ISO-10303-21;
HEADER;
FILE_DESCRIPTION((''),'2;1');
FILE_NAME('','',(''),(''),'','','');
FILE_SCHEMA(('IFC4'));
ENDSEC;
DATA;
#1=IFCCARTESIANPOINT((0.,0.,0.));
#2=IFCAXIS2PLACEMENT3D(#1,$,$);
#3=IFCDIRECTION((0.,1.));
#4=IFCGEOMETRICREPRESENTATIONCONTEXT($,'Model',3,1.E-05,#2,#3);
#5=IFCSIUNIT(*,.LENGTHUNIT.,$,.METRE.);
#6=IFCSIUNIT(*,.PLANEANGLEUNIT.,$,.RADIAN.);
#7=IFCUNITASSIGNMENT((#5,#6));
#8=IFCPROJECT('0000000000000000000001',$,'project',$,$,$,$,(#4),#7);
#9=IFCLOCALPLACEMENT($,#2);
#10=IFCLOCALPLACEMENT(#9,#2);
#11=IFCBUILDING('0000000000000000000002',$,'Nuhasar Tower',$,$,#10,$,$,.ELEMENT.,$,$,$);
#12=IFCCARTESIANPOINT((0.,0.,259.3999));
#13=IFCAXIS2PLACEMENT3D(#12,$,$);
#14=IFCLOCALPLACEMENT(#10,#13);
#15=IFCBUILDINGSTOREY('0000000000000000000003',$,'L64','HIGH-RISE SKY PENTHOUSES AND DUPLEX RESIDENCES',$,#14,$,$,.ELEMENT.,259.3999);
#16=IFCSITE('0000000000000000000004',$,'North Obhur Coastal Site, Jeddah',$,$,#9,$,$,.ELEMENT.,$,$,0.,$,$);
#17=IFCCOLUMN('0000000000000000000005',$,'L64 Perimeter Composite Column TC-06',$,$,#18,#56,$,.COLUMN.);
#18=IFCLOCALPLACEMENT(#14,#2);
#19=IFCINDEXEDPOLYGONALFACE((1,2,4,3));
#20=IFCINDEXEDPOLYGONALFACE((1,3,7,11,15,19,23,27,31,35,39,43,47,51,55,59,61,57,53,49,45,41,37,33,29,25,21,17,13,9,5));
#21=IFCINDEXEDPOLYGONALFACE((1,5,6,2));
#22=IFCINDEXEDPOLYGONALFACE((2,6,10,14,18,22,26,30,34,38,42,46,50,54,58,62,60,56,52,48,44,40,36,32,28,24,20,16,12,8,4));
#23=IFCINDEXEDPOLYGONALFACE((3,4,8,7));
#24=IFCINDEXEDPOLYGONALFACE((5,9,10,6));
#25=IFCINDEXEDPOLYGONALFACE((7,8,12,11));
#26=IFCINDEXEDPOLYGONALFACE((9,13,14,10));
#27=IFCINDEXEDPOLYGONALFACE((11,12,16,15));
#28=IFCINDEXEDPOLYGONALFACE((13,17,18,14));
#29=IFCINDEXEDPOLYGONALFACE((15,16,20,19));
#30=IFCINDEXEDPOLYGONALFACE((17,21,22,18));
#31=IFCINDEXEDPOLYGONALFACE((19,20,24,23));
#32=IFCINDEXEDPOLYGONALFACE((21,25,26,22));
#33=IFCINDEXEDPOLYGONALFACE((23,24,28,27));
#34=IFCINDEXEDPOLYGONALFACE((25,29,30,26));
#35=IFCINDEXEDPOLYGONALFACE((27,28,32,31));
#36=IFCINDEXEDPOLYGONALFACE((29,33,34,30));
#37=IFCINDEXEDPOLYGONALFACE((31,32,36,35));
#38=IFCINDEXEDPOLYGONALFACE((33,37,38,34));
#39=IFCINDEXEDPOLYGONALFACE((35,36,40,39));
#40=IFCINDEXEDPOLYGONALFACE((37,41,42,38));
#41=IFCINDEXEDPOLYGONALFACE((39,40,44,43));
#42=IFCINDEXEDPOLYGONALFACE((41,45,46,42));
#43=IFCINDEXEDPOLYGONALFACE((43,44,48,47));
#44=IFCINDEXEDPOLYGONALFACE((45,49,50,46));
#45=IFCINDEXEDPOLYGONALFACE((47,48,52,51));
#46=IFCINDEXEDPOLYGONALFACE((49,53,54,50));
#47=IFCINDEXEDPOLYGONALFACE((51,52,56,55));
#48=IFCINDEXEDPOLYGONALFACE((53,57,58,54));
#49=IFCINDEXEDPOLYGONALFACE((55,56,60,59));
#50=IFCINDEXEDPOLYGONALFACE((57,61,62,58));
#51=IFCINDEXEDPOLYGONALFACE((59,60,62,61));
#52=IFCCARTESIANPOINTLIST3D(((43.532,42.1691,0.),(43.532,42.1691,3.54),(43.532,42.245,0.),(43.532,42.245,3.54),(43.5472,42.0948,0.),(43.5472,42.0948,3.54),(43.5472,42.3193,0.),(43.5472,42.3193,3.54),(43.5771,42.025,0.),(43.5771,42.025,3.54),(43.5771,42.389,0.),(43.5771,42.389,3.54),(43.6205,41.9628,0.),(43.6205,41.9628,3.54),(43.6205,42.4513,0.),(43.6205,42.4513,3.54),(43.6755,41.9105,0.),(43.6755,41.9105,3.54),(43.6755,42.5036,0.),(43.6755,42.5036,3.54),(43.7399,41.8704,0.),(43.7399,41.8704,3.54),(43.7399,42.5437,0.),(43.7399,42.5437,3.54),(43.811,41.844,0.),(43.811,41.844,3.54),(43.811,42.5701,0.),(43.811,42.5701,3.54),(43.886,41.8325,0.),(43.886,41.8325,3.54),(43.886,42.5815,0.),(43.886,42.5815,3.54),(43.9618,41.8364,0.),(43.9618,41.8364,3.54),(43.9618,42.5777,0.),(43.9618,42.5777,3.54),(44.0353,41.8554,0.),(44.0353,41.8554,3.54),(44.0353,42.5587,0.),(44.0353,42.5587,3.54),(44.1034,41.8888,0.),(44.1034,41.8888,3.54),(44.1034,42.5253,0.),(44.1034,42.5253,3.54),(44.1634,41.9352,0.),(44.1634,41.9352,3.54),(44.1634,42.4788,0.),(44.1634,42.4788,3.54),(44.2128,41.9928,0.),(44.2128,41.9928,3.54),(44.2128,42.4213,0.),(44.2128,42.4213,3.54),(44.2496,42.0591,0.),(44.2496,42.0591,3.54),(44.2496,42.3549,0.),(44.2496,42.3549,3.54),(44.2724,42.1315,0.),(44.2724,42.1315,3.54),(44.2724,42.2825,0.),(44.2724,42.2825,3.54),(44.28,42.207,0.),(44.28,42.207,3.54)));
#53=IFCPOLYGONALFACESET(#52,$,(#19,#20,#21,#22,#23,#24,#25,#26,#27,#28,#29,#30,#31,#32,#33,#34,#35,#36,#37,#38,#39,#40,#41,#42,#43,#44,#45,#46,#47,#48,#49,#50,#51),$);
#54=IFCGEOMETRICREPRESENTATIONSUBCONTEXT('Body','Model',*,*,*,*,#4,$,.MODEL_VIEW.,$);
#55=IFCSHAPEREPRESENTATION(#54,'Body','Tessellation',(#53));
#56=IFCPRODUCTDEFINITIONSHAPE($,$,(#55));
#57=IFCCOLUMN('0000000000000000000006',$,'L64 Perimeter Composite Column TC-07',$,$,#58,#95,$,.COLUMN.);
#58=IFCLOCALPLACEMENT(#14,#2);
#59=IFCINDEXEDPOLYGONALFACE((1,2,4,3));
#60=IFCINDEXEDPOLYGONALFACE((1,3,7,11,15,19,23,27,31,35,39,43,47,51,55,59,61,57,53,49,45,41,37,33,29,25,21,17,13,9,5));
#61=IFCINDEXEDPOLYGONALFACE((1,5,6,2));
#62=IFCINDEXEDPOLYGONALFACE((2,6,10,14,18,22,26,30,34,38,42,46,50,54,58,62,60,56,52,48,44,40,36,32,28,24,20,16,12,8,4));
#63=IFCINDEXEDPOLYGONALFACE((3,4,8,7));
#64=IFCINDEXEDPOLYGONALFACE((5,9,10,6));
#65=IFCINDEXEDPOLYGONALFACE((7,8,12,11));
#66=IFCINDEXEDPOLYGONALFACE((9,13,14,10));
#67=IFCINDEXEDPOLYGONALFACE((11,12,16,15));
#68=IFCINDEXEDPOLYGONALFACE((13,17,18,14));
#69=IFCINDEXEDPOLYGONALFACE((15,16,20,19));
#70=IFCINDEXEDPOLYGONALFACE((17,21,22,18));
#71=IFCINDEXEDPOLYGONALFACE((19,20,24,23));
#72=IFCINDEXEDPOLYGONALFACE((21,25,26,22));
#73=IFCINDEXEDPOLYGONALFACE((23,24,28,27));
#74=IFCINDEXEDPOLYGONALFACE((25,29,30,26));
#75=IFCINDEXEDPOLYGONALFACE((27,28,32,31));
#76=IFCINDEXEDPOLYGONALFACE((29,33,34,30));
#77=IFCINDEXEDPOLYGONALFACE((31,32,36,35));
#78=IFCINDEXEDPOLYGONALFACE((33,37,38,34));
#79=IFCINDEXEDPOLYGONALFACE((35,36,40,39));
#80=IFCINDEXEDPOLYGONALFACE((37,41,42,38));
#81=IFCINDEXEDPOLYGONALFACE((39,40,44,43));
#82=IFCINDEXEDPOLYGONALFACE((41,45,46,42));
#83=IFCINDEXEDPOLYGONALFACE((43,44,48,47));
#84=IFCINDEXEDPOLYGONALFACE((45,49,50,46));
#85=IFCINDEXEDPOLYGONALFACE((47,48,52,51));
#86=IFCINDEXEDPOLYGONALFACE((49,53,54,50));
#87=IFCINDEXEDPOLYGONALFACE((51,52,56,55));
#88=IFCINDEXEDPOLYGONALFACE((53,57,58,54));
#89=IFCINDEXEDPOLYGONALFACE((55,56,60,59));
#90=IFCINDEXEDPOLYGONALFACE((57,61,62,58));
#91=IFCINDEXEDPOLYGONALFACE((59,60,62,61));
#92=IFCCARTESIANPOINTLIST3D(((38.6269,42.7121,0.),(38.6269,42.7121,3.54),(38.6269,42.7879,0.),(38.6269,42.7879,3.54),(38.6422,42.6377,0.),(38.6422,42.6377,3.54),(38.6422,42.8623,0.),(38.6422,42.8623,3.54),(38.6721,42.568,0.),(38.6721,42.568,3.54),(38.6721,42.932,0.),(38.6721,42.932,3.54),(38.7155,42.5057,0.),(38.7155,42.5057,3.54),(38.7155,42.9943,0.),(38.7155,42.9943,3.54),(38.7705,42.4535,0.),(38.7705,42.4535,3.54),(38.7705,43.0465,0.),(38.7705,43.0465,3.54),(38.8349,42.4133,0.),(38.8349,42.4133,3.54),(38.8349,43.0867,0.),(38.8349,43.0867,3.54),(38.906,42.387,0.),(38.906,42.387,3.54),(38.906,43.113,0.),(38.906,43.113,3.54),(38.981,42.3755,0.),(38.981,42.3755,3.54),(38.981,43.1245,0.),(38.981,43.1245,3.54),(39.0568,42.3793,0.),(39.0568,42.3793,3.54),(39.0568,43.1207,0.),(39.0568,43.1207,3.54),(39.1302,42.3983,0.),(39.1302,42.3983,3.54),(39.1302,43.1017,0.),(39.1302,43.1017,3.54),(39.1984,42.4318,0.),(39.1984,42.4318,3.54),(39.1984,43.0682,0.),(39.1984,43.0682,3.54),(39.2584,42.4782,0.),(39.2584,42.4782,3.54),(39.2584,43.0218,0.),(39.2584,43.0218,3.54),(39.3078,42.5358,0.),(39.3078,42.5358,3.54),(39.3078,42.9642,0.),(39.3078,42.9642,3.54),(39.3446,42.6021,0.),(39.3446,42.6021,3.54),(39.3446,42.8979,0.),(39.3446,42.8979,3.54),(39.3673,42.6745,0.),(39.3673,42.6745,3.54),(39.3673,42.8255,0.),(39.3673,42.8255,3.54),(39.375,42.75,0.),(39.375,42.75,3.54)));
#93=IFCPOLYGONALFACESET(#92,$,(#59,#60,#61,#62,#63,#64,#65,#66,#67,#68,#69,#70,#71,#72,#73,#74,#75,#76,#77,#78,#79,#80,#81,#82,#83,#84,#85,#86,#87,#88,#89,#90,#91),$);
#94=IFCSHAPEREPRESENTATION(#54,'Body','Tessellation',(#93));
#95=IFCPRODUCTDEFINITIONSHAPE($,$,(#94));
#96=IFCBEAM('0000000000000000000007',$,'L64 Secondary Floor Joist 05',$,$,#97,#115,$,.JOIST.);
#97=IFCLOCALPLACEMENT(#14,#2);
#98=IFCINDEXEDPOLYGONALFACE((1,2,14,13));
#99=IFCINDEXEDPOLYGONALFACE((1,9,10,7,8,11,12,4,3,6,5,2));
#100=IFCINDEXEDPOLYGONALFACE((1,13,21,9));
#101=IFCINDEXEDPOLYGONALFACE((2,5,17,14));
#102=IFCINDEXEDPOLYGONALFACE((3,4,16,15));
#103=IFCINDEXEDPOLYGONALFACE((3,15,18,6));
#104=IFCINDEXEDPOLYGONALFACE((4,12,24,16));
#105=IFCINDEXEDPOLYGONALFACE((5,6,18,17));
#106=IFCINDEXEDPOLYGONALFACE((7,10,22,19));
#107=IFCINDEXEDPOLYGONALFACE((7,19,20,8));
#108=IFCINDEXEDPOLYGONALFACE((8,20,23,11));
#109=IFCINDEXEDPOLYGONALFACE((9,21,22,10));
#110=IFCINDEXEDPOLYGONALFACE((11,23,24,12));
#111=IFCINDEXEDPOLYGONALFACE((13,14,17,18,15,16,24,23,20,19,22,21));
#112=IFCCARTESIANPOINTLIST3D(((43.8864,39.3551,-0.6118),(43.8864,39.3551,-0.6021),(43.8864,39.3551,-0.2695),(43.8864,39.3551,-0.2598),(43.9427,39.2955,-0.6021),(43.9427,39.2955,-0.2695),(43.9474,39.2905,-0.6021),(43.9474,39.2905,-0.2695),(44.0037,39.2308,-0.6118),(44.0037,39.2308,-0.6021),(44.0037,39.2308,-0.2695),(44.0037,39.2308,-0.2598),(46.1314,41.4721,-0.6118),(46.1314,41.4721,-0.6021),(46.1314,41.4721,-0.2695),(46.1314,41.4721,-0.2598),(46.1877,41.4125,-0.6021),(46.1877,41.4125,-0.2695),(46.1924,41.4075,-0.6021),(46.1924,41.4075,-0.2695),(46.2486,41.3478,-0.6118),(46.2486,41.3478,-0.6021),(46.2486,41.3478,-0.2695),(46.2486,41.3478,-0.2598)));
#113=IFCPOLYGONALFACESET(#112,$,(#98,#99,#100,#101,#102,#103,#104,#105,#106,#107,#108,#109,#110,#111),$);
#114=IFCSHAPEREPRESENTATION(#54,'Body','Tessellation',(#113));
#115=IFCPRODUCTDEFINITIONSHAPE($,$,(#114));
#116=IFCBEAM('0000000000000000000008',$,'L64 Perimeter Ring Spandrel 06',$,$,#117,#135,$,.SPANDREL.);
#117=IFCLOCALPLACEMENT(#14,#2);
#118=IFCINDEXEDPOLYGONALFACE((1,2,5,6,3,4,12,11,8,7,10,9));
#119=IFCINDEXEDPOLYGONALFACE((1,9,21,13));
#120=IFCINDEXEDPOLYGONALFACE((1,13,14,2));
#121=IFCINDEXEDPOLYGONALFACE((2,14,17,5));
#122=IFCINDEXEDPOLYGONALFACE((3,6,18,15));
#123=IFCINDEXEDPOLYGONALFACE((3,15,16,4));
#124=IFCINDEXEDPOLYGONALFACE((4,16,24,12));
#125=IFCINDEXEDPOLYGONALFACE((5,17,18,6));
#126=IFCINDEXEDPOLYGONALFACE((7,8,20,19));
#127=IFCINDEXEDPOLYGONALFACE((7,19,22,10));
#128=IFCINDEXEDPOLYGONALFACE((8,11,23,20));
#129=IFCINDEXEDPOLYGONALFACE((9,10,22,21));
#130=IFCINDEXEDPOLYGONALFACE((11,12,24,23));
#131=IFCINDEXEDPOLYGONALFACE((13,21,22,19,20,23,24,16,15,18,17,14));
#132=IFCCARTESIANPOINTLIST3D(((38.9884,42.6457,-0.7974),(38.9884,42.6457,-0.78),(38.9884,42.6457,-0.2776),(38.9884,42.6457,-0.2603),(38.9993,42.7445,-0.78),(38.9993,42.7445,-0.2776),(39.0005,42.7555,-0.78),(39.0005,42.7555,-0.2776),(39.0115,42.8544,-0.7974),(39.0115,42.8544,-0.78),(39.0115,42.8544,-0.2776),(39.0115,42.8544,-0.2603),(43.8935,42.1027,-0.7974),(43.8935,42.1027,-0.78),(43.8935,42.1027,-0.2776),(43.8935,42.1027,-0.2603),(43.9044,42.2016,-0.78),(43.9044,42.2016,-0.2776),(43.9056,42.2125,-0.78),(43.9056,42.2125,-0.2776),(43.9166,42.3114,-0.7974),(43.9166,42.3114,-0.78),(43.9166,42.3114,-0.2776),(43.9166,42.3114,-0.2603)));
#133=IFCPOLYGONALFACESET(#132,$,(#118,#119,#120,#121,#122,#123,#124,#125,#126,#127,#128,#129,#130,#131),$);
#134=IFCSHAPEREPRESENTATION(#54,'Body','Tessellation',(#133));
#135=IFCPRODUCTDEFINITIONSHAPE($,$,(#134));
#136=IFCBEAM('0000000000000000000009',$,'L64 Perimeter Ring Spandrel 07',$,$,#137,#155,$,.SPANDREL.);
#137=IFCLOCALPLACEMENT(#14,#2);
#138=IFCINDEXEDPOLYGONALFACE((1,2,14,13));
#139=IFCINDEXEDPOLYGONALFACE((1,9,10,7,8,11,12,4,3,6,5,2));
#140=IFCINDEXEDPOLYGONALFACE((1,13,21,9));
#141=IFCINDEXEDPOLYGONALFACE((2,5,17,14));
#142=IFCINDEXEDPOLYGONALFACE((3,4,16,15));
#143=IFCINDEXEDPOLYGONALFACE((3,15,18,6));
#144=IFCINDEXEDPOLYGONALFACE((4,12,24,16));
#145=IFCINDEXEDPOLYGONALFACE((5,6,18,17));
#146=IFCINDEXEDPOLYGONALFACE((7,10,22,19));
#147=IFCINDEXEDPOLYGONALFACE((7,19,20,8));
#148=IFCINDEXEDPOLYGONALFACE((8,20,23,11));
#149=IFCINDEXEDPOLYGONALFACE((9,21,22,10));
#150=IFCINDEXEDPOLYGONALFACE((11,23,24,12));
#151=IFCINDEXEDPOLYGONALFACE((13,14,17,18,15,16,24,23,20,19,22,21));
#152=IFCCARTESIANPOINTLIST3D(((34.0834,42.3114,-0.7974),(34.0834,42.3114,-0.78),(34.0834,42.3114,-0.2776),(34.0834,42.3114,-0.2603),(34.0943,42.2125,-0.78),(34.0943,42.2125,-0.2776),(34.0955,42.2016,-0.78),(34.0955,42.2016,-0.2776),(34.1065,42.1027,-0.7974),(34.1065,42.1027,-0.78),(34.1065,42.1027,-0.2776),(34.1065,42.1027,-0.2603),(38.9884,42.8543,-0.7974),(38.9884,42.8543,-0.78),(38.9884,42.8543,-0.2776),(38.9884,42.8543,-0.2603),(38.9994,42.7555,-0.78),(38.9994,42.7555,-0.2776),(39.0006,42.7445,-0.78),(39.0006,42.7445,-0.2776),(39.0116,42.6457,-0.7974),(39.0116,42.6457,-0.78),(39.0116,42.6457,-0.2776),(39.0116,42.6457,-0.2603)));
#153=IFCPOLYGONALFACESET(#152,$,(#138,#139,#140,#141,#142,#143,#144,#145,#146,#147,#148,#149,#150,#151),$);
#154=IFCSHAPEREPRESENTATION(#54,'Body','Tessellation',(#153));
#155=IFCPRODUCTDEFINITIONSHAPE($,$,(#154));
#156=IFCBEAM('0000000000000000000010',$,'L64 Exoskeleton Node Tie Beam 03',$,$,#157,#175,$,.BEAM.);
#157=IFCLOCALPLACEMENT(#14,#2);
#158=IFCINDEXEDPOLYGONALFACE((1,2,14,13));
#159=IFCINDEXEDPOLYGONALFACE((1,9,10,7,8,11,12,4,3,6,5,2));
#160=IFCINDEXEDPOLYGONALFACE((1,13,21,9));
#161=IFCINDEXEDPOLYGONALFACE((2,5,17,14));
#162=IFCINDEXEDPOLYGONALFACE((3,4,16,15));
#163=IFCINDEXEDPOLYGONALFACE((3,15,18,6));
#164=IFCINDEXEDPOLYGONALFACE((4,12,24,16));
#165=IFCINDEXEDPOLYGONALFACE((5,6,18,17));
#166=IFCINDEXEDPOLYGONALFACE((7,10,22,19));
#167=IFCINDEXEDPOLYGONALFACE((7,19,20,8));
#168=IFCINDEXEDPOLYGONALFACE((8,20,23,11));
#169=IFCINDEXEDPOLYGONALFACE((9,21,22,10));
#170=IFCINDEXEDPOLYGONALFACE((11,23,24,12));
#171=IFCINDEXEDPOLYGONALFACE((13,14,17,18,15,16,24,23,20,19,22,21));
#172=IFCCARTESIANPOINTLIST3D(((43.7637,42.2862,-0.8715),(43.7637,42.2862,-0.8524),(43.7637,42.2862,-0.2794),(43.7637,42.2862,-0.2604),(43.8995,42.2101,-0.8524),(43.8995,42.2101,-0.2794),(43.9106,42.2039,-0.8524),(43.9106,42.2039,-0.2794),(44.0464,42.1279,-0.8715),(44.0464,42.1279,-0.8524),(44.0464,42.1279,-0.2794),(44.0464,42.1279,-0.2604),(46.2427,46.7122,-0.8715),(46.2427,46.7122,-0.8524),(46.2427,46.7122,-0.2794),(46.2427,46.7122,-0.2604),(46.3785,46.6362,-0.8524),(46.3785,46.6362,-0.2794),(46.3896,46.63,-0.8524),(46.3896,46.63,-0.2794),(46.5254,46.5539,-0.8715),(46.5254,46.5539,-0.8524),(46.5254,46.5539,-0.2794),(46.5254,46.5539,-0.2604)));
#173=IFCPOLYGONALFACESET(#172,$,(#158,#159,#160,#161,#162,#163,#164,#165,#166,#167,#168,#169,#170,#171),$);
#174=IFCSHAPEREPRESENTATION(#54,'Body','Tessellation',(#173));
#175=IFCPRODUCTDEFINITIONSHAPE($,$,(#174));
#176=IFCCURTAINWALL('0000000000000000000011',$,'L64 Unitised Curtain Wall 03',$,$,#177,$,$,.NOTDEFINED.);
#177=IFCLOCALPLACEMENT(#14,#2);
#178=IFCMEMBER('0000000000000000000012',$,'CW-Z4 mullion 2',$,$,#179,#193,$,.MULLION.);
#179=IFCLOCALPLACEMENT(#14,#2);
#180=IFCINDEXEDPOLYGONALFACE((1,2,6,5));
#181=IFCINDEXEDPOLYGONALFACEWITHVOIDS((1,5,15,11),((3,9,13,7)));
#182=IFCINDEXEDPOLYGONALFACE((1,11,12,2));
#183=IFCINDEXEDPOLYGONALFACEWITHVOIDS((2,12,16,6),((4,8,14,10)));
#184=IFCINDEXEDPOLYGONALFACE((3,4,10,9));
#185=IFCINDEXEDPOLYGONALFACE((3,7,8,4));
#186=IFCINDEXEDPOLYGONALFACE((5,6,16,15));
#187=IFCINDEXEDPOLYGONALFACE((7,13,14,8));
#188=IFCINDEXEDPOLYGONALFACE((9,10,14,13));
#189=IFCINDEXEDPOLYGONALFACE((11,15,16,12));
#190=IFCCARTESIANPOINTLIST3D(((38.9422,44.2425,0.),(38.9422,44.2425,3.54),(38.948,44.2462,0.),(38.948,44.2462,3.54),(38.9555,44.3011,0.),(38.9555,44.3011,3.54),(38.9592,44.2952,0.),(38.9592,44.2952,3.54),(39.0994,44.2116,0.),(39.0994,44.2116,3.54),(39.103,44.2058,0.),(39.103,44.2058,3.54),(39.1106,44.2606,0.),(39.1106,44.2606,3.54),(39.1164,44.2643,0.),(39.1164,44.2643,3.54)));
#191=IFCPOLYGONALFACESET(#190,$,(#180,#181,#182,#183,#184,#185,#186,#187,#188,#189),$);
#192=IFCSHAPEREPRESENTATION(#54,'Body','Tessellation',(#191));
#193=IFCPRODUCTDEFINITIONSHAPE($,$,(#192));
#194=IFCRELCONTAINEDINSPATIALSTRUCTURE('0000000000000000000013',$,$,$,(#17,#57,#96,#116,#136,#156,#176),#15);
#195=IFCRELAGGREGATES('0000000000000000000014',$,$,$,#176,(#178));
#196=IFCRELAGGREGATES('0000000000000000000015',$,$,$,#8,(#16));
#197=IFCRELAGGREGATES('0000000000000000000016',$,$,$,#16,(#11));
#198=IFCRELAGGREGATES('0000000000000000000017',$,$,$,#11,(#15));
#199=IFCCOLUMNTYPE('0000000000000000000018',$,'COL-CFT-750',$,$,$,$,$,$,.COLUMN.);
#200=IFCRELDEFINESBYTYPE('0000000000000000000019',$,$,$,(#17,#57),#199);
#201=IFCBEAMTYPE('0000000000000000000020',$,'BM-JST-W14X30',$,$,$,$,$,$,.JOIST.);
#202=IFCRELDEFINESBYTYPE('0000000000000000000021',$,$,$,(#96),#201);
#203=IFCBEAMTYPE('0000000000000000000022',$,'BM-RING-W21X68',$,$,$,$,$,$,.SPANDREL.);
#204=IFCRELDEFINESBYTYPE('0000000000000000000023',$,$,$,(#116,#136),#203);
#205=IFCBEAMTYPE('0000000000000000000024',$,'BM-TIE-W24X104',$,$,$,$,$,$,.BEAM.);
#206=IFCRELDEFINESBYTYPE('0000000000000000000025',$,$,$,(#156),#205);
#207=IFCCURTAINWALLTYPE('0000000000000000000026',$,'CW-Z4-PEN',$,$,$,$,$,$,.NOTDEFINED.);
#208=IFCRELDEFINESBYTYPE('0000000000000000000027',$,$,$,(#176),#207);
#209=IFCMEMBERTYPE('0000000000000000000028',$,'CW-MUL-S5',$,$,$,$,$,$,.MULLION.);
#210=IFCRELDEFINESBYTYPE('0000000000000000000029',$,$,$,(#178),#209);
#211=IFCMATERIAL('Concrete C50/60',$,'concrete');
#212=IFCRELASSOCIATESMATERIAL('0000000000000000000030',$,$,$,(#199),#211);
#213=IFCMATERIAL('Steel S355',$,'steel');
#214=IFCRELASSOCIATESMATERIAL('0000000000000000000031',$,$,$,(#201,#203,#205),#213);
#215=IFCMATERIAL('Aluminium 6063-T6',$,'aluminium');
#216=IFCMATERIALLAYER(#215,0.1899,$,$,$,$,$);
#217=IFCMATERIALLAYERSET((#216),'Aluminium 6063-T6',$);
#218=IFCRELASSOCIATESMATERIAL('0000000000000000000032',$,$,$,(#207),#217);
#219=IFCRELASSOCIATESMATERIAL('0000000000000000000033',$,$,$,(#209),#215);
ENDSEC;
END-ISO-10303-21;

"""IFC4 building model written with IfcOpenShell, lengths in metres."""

from ifc_helpers import new_model, si_unit, direction, frame, origin, origin_2d, place, context, subcontext, project, spatial, hollow_rectangle, circle, i_section, extrude, material, layer, layer_set, material_profile, profile_set, type_object, element, aggregate, save


model = new_model("IFC4")

# Units and contexts
model_context = context("Model", 3, precision=1e-05, world=origin(), true_north=direction((0.0, 1.0)))
body_context = subcontext(model_context, "Body", "Model", "MODEL_VIEW")
ifc_project = project(units=[si_unit("LENGTHUNIT", "METRE"), si_unit("PLANEANGLEUNIT", "RADIAN")], contexts=[model_context])

# Site, building, storey
site_placement = place(None, origin())
site = spatial("IfcSite", under=ifc_project, at=site_placement, Name="North Obhur Coastal Site, Jeddah", CompositionType="ELEMENT", RefElevation=0.0)
building_placement = place(site_placement, origin())
building = spatial("IfcBuilding", under=site, at=building_placement, Name="Nuhasar Tower", CompositionType="ELEMENT")
storey_placement = place(building_placement, frame((0.0, 0.0, 259.3999)))
storey = spatial("IfcBuildingStorey", under=building, at=storey_placement, Name="L64", Description="HIGH-RISE SKY PENTHOUSES AND DUPLEX RESIDENCES", CompositionType="ELEMENT", Elevation=259.3999)

# Columns
ifc_material_1 = material(Name="Concrete C50/60", Category="concrete")
ifc_material_profile_1 = material_profile(ifc_material_1, circle(Radius=0.375, at=origin_2d()), Name="CFT750")
ifc_profile_set_1 = profile_set([ifc_material_profile_1], Name="Concrete C50/60")
column_type = type_object("IfcColumnType", Name="COL-CFT-750", PredefinedType="COLUMN", material=ifc_profile_set_1)
for number, where, z_axis, x_axis, name in (
    (1, (43.905, 42.207, 0.0), (0.0, 0.0, 1.0), (1.0, 0.0, 0.0), "L64 Perimeter Composite Column TC-06"),
    (2, (39.0, 42.75, 0.0), (0.0, 0.0, 1.0), (1.0, 0.0, 0.0), "L64 Perimeter Composite Column TC-07"),
):
    element("IfcColumn", number, at=place(storey_placement, frame(where, z_axis=z_axis, x_axis=x_axis)), inside=storey, type_object=column_type, Name=name, PredefinedType="COLUMN", context=body_context, shape_type="SweptSolid", body=[
        extrude(circle(Radius=0.375, at=origin_2d()), origin(), (0.0, 0.0, 1.0), 3.54),
    ])

# Beams
ifc_material_2 = material(Name="Steel S355", Category="steel")
ifc_material_profile_2 = material_profile(ifc_material_2, i_section(OverallWidth=0.1709, OverallDepth=0.3521, WebThickness=0.0068, FlangeThickness=0.0098, at=origin_2d()), Name="W14X30")
ifc_profile_set_2 = profile_set([ifc_material_profile_2], Name="Steel S355")
beam_type_1 = type_object("IfcBeamType", Name="BM-JST-W14X30", PredefinedType="JOIST", material=ifc_profile_set_2)
beam_1_placement = place(storey_placement, frame((43.9451, 39.293, -0.4358), z_axis=(0.727533, 0.686073, 0.0), x_axis=(-0.686073, 0.727533, 0.0)))
element("IfcBeam", 3, at=beam_1_placement, inside=storey, type_object=beam_type_1, Name="L64 Secondary Floor Joist 05", PredefinedType="JOIST", context=body_context, shape_type="SweptSolid", body=[
    extrude(i_section(OverallWidth=0.1709, OverallDepth=0.3521, WebThickness=0.0068, FlangeThickness=0.0098, at=origin_2d()), origin(), (0.0, 0.0, 1.0), 3.0857),
])
ifc_material_profile_3 = material_profile(ifc_material_2, i_section(OverallWidth=0.21, OverallDepth=0.5371, WebThickness=0.011, FlangeThickness=0.0173, at=origin_2d()), Name="W21X68")
ifc_profile_set_3 = profile_set([ifc_material_profile_3], Name="Steel S355")
beam_type_2 = type_object("IfcBeamType", Name="BM-RING-W21X68", PredefinedType="SPANDREL", material=ifc_profile_set_3)
for number, where, z_axis, x_axis, name in (
    (4, (43.905, 42.207, -0.5288), (-0.993929, 0.110024, 0.0), (-0.110024, -0.993929, 0.0), "L64 Perimeter Ring Spandrel 06"),
    (5, (39.0, 42.75, -0.5288), (-0.993929, -0.110024, 0.0), (0.110024, -0.993929, 0.0), "L64 Perimeter Ring Spandrel 07"),
):
    element("IfcBeam", number, at=place(storey_placement, frame(where, z_axis=z_axis, x_axis=x_axis)), inside=storey, type_object=beam_type_2, Name=name, PredefinedType="SPANDREL", context=body_context, shape_type="SweptSolid", body=[
        extrude(i_section(OverallWidth=0.21, OverallDepth=0.5371, WebThickness=0.011, FlangeThickness=0.0173, at=origin_2d()), origin(), (0.0, 0.0, 1.0), 4.9351),
    ])
ifc_material_profile_4 = material_profile(ifc_material_2, i_section(OverallWidth=0.324, OverallDepth=0.6111, WebThickness=0.0127, FlangeThickness=0.019, at=origin_2d()), Name="W24X104")
ifc_profile_set_4 = profile_set([ifc_material_profile_4], Name="Steel S355")
beam_type_3 = type_object("IfcBeamType", Name="BM-TIE-W24X104", PredefinedType="BEAM", material=ifc_profile_set_4)
beam_2_placement = place(storey_placement, frame((43.905, 42.207, -0.5659), z_axis=(0.488668, 0.87247, 0.0), x_axis=(-0.87247, 0.488668, 0.0)))
element("IfcBeam", 6, at=beam_2_placement, inside=storey, type_object=beam_type_3, Name="L64 Exoskeleton Node Tie Beam 03", PredefinedType="BEAM", context=body_context, shape_type="SweptSolid", body=[
    extrude(i_section(OverallWidth=0.324, OverallDepth=0.6111, WebThickness=0.0127, FlangeThickness=0.019, at=origin_2d()), origin(), (0.0, 0.0, 1.0), 5.073),
])

# Curtain wall, member
ifc_material_3 = material(Name="Aluminium 6063-T6", Category="aluminium")
ifc_layer_1 = layer(ifc_material_3, 0.1899)
ifc_layer_set_1 = layer_set([ifc_layer_1], Name="Aluminium 6063-T6")
curtain_wall_type = type_object("IfcCurtainWallType", Name="CW-Z4-PEN", PredefinedType="NOTDEFINED", material=ifc_layer_set_1)
curtain_wall_placement = place(storey_placement, origin())
curtain_wall = element("IfcCurtainWall", 7, at=curtain_wall_placement, inside=storey, type_object=curtain_wall_type, Name="L64 Unitised Curtain Wall 03", PredefinedType="NOTDEFINED")
ifc_material_profile_5 = material_profile(ifc_material_3, hollow_rectangle(XDim=0.0601, YDim=0.165, WallThickness=0.0049, at=origin_2d()), Name="CWM-5")
ifc_profile_set_5 = profile_set([ifc_material_profile_5], Name="Aluminium 6063-T6")
member_type_1 = type_object("IfcMemberType", Name="CW-MUL-S5", PredefinedType="MULLION", material=ifc_profile_set_5)
member_1_placement = place(storey_placement, frame((39.0293, 44.2534, 0.0), z_axis=(0.0, 0.0, 1.0), x_axis=(-0.222889, -0.974844, 0.0)))
member_1 = element("IfcMember", 8, at=member_1_placement, type_object=member_type_1, Name="CW-Z4 mullion 2", PredefinedType="MULLION", context=body_context, shape_type="SweptSolid", body=[
    extrude(hollow_rectangle(XDim=0.0601, YDim=0.165, WallThickness=0.0049, at=origin_2d()), origin(), (0.0, 0.0, 1.0), 3.54),
])

aggregate(curtain_wall, [member_1])

save(model, "model.ifc")
